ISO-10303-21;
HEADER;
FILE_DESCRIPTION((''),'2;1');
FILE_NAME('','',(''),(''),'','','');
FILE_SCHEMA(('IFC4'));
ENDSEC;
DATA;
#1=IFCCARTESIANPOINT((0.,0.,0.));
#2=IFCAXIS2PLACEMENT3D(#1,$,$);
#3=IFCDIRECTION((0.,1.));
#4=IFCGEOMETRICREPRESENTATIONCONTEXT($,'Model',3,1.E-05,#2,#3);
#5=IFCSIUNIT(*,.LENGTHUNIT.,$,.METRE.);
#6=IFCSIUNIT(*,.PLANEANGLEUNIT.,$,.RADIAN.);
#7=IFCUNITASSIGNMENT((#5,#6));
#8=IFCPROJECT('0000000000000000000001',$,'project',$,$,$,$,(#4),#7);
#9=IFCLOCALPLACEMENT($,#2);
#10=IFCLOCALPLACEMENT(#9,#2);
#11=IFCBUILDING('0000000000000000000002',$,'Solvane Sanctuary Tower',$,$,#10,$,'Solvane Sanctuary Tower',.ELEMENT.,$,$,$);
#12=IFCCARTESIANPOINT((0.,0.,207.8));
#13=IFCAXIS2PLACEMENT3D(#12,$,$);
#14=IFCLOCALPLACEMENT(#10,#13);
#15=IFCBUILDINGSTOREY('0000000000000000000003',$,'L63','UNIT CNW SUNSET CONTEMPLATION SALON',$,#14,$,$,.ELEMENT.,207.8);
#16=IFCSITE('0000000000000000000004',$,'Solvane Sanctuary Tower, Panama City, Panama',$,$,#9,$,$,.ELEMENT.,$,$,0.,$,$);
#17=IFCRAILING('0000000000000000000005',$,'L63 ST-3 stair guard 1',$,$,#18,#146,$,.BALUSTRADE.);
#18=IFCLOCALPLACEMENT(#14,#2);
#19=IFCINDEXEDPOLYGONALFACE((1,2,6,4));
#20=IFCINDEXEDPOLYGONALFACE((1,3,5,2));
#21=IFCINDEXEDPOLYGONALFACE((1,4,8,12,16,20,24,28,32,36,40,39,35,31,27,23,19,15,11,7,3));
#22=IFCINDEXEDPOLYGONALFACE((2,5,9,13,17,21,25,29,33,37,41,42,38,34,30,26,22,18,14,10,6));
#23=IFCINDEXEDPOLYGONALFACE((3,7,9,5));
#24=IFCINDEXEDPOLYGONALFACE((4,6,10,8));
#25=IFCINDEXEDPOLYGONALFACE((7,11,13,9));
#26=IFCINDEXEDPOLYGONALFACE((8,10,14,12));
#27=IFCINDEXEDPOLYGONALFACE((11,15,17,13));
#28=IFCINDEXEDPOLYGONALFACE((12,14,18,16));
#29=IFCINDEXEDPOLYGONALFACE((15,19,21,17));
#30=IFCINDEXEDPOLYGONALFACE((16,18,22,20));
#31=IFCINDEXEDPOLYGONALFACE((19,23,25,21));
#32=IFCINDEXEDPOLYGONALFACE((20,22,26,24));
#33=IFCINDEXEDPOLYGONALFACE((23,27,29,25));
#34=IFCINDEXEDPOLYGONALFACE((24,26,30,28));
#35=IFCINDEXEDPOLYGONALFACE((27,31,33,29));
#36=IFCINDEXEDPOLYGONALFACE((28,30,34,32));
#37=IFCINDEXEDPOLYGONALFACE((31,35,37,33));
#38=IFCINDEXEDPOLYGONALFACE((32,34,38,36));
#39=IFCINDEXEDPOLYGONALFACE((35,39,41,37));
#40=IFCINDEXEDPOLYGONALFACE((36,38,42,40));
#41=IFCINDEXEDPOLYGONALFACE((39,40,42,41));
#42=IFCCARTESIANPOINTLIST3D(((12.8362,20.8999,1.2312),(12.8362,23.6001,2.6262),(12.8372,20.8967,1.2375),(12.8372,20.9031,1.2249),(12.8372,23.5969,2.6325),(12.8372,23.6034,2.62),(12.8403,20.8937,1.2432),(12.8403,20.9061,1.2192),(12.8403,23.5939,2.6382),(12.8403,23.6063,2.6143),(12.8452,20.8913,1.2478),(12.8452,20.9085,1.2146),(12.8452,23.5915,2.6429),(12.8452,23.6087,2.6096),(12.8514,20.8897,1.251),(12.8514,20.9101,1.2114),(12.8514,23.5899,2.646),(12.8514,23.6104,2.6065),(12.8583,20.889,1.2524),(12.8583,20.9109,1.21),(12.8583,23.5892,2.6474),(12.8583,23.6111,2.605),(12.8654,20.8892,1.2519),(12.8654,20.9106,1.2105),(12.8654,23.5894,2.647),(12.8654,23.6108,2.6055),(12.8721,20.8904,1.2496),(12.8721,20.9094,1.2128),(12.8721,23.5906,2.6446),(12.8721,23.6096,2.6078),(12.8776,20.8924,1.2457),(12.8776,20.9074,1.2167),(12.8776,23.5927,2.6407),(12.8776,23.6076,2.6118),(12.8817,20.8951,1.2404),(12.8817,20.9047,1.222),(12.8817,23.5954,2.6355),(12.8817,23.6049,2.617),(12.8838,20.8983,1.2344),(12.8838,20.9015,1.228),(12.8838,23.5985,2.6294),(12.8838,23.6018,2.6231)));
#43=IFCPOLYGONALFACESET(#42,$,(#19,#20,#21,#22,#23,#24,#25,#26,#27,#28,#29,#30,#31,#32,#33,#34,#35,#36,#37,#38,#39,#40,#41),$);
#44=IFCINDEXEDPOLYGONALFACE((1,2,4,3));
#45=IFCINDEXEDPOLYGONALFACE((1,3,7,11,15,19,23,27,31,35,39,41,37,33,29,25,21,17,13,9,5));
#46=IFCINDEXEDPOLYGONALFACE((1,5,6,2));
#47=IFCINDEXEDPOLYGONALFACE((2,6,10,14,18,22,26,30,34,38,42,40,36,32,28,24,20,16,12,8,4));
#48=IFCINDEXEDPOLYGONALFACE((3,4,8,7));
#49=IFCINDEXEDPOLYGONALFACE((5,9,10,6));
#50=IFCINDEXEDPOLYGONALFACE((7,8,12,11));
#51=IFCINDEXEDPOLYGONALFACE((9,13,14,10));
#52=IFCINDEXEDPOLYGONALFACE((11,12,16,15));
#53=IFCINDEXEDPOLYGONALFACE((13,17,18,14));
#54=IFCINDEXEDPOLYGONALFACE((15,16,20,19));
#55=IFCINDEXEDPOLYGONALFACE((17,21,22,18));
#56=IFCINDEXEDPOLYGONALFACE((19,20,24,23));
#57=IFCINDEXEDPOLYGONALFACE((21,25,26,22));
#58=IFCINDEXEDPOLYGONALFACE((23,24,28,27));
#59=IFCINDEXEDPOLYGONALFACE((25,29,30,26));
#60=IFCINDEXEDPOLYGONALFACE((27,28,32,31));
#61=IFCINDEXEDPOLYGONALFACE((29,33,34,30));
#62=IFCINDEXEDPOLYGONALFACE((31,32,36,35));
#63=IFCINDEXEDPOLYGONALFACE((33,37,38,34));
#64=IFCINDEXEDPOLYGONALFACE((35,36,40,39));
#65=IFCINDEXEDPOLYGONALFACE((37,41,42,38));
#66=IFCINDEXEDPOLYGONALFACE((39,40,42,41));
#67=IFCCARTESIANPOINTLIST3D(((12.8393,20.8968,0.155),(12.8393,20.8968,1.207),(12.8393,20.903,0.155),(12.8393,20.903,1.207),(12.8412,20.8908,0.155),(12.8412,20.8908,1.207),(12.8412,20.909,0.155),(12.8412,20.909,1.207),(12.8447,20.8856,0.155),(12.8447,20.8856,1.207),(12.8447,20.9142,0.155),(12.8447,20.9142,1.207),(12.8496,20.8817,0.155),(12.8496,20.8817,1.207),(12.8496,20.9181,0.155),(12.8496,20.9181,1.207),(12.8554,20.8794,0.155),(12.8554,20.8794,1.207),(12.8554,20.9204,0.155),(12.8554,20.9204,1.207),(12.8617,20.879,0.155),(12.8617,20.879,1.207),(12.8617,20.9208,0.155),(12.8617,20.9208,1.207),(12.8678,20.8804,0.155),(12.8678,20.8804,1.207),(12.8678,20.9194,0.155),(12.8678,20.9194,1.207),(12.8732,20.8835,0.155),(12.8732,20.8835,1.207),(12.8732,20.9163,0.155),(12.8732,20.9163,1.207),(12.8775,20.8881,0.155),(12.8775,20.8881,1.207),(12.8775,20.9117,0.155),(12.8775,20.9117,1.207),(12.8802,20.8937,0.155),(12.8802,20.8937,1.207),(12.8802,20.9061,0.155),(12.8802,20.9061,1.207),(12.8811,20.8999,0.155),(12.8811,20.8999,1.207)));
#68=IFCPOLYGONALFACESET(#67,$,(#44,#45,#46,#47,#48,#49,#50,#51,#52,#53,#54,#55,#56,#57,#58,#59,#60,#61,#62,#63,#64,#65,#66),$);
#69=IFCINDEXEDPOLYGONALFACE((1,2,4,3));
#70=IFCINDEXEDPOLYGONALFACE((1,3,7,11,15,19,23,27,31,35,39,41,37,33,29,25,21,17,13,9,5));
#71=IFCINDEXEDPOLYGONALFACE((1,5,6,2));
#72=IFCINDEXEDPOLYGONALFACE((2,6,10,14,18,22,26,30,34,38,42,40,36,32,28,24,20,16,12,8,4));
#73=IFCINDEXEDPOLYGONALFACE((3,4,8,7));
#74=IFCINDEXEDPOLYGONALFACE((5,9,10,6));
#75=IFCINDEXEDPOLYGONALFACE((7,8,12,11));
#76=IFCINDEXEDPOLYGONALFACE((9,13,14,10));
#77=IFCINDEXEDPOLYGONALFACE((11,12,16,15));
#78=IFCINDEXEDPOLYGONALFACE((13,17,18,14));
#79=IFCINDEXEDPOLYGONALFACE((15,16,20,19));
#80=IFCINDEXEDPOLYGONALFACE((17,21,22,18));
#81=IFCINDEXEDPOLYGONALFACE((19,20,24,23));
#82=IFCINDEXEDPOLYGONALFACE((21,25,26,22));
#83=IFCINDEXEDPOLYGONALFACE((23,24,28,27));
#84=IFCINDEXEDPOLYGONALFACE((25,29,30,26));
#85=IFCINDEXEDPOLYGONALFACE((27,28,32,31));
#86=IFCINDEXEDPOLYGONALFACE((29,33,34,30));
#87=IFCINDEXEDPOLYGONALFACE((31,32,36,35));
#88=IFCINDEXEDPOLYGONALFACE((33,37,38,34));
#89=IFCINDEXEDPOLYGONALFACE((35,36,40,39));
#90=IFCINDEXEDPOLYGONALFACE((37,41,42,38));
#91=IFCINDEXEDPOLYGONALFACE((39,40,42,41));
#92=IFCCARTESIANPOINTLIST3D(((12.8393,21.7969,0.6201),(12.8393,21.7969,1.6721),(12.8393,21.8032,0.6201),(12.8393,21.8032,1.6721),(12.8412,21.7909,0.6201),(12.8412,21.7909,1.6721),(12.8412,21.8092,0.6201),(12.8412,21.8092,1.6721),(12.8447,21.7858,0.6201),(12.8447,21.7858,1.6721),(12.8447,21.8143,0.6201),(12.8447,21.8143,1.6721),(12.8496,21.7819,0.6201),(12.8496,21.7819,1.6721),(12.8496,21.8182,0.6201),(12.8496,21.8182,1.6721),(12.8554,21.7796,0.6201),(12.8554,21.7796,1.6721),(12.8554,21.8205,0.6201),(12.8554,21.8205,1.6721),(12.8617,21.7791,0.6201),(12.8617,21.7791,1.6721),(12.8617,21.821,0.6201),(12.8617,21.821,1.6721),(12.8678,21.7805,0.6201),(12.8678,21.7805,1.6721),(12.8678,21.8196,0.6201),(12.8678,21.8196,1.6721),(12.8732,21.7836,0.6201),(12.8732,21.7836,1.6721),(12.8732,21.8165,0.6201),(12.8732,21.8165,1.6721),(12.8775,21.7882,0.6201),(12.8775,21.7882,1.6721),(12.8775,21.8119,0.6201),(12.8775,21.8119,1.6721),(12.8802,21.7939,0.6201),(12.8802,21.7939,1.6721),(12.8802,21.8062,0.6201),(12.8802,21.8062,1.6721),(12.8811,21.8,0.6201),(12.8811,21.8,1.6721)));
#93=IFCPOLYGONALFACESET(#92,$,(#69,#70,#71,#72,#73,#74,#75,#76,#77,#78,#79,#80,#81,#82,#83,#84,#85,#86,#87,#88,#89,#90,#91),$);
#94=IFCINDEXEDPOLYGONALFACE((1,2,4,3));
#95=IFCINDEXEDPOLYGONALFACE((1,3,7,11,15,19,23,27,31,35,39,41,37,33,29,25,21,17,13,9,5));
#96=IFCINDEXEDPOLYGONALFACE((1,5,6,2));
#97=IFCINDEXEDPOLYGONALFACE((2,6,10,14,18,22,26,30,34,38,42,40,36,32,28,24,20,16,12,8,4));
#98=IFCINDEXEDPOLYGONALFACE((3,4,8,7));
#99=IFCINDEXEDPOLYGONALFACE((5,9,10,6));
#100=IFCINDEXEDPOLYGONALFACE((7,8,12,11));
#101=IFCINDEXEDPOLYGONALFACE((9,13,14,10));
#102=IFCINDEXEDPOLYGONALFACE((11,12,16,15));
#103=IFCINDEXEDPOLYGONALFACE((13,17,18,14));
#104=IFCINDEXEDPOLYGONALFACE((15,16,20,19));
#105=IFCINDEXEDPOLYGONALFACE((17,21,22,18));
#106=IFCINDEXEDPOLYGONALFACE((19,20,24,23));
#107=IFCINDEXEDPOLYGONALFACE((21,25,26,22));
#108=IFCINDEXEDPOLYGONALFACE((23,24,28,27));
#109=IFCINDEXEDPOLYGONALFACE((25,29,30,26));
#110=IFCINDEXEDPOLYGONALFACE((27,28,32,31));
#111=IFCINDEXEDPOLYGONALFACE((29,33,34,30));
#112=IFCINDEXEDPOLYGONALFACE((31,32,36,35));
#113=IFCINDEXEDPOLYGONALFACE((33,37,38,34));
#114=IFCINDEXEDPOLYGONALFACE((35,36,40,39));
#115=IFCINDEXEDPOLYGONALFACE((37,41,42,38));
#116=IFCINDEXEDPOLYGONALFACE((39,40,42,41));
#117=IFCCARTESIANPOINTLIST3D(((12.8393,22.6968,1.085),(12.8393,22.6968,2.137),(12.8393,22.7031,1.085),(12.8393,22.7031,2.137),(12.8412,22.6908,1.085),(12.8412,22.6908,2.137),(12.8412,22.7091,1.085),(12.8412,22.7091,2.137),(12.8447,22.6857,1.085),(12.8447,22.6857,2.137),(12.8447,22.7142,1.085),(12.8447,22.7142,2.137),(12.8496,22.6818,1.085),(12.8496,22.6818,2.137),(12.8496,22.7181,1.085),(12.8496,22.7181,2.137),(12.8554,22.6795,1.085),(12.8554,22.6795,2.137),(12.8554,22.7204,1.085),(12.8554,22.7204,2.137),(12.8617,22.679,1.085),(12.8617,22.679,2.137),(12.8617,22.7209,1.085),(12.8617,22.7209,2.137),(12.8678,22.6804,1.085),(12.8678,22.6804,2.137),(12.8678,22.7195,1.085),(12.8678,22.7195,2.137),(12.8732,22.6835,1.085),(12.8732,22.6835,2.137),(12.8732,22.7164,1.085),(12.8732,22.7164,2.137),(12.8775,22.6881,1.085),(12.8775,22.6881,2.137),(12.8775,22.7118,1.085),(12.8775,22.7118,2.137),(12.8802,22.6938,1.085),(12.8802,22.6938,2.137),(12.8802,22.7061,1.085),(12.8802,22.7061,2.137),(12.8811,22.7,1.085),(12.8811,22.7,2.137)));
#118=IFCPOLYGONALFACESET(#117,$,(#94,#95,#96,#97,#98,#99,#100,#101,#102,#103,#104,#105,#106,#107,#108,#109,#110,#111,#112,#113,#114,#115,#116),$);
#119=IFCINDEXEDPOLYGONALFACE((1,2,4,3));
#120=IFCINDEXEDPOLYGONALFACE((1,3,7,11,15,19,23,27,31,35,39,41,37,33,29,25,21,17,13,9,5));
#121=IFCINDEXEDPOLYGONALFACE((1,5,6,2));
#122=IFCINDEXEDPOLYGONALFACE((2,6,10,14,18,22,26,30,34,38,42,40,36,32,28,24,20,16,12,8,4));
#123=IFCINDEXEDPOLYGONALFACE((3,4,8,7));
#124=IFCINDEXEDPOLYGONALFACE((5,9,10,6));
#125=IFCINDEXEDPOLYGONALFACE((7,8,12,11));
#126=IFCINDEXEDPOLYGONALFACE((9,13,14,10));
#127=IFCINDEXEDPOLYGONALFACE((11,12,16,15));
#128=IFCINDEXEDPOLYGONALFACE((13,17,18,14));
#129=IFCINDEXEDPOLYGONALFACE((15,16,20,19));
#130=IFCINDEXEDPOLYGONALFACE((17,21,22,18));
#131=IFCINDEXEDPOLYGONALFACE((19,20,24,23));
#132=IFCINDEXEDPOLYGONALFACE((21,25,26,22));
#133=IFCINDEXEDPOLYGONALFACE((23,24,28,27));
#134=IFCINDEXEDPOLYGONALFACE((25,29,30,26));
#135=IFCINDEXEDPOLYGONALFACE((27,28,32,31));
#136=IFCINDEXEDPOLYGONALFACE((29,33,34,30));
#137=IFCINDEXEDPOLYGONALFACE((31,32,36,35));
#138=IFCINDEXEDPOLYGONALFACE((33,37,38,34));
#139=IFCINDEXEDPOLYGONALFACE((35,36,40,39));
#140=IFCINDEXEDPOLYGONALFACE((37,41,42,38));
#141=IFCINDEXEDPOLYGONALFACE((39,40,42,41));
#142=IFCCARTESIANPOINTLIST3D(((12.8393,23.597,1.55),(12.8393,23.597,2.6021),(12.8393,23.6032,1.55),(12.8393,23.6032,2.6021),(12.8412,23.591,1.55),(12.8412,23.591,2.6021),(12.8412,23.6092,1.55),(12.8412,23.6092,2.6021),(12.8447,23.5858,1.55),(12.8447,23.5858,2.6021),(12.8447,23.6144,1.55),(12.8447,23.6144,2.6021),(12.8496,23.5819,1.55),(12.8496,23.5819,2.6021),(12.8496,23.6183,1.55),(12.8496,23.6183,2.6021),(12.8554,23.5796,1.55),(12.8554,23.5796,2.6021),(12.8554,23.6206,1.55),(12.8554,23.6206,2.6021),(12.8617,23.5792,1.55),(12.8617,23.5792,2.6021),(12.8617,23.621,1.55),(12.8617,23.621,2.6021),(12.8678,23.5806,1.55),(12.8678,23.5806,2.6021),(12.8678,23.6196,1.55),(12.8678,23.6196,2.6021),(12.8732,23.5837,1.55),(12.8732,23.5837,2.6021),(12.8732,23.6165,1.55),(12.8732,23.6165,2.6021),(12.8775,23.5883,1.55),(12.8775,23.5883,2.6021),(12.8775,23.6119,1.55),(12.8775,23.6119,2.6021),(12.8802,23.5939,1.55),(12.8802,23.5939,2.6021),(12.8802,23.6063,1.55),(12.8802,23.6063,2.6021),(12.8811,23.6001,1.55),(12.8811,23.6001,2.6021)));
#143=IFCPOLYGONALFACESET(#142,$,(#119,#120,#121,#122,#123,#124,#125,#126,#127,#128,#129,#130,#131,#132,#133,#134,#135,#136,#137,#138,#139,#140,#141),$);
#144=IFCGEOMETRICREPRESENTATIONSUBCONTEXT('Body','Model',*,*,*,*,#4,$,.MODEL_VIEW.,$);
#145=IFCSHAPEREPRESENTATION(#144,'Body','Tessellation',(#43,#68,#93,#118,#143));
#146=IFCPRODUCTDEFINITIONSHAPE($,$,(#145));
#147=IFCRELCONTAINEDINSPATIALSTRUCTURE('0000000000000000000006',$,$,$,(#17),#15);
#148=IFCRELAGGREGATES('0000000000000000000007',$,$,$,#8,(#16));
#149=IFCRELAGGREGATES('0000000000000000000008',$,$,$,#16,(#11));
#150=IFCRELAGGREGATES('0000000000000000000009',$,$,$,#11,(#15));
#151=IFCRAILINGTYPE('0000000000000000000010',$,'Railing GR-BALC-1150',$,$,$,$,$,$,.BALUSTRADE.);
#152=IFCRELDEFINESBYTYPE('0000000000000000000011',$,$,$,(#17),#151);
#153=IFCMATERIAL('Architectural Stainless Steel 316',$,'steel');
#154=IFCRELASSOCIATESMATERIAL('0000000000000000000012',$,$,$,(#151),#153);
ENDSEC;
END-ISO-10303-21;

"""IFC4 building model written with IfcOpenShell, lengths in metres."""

from ifc_helpers import new_model, si_unit, direction, frame, origin, origin_2d, place, context, subcontext, project, spatial, circle, extrude, material, type_object, element, save


model = new_model("IFC4")

# Units and contexts
model_context = context("Model", 3, precision=1e-05, world=origin(), true_north=direction((0.0, 1.0)))
body_context = subcontext(model_context, "Body", "Model", "MODEL_VIEW")
ifc_project = project(units=[si_unit("LENGTHUNIT", "METRE"), si_unit("PLANEANGLEUNIT", "RADIAN")], contexts=[model_context])

# Site, building, storey
site_placement = place(None, origin())
site = spatial("IfcSite", under=ifc_project, at=site_placement, Name="Solvane Sanctuary Tower, Panama City, Panama", CompositionType="ELEMENT", RefElevation=0.0)
building_placement = place(site_placement, origin())
building = spatial("IfcBuilding", under=site, at=building_placement, Name="Solvane Sanctuary Tower", LongName="Solvane Sanctuary Tower", CompositionType="ELEMENT")
storey_placement = place(building_placement, frame((0.0, 0.0, 207.8)))
storey = spatial("IfcBuildingStorey", under=building, at=storey_placement, Name="L63", Description="UNIT CNW SUNSET CONTEMPLATION SALON", CompositionType="ELEMENT", Elevation=207.8)

# Shared definitions
ifc_material_1 = material(Name="Architectural Stainless Steel 316", Category="steel")

# Railing
railing_type_1 = type_object("IfcRailingType", Name="Railing GR-BALC-1150", PredefinedType="BALUSTRADE", material=ifc_material_1)
railing_1_placement = place(storey_placement, frame((12.8601, 20.8999, 0.155)))
element("IfcRailing", 1, at=railing_1_placement, inside=storey, type_object=railing_type_1, Name="L63 ST-3 stair guard 1", PredefinedType="BALUSTRADE", context=body_context, shape_type="SweptSolid", body=[
    extrude(circle(Radius=0.0239, at=origin_2d()), frame((0.0, 0.0, 1.0762), z_axis=(0.0, 0.888437, 0.458999), x_axis=(-1.0, 0.0, 0.0)), (0.0, 0.0, 1.0), 3.0393),
    extrude(circle(Radius=0.021, at=origin_2d()), origin(), (0.0, 0.0, 1.0), 1.052),
    extrude(circle(Radius=0.021, at=origin_2d()), frame((0.0, 0.9001, 0.4651)), (0.0, 0.0, 1.0), 1.052),
    extrude(circle(Radius=0.021, at=origin_2d()), frame((0.0, 1.8, 0.9299)), (0.0, 0.0, 1.0), 1.052),
    extrude(circle(Radius=0.021, at=origin_2d()), frame((0.0, 2.7002, 1.395)), (0.0, 0.0, 1.0), 1.052),
])

save(model, "model.ifc")
